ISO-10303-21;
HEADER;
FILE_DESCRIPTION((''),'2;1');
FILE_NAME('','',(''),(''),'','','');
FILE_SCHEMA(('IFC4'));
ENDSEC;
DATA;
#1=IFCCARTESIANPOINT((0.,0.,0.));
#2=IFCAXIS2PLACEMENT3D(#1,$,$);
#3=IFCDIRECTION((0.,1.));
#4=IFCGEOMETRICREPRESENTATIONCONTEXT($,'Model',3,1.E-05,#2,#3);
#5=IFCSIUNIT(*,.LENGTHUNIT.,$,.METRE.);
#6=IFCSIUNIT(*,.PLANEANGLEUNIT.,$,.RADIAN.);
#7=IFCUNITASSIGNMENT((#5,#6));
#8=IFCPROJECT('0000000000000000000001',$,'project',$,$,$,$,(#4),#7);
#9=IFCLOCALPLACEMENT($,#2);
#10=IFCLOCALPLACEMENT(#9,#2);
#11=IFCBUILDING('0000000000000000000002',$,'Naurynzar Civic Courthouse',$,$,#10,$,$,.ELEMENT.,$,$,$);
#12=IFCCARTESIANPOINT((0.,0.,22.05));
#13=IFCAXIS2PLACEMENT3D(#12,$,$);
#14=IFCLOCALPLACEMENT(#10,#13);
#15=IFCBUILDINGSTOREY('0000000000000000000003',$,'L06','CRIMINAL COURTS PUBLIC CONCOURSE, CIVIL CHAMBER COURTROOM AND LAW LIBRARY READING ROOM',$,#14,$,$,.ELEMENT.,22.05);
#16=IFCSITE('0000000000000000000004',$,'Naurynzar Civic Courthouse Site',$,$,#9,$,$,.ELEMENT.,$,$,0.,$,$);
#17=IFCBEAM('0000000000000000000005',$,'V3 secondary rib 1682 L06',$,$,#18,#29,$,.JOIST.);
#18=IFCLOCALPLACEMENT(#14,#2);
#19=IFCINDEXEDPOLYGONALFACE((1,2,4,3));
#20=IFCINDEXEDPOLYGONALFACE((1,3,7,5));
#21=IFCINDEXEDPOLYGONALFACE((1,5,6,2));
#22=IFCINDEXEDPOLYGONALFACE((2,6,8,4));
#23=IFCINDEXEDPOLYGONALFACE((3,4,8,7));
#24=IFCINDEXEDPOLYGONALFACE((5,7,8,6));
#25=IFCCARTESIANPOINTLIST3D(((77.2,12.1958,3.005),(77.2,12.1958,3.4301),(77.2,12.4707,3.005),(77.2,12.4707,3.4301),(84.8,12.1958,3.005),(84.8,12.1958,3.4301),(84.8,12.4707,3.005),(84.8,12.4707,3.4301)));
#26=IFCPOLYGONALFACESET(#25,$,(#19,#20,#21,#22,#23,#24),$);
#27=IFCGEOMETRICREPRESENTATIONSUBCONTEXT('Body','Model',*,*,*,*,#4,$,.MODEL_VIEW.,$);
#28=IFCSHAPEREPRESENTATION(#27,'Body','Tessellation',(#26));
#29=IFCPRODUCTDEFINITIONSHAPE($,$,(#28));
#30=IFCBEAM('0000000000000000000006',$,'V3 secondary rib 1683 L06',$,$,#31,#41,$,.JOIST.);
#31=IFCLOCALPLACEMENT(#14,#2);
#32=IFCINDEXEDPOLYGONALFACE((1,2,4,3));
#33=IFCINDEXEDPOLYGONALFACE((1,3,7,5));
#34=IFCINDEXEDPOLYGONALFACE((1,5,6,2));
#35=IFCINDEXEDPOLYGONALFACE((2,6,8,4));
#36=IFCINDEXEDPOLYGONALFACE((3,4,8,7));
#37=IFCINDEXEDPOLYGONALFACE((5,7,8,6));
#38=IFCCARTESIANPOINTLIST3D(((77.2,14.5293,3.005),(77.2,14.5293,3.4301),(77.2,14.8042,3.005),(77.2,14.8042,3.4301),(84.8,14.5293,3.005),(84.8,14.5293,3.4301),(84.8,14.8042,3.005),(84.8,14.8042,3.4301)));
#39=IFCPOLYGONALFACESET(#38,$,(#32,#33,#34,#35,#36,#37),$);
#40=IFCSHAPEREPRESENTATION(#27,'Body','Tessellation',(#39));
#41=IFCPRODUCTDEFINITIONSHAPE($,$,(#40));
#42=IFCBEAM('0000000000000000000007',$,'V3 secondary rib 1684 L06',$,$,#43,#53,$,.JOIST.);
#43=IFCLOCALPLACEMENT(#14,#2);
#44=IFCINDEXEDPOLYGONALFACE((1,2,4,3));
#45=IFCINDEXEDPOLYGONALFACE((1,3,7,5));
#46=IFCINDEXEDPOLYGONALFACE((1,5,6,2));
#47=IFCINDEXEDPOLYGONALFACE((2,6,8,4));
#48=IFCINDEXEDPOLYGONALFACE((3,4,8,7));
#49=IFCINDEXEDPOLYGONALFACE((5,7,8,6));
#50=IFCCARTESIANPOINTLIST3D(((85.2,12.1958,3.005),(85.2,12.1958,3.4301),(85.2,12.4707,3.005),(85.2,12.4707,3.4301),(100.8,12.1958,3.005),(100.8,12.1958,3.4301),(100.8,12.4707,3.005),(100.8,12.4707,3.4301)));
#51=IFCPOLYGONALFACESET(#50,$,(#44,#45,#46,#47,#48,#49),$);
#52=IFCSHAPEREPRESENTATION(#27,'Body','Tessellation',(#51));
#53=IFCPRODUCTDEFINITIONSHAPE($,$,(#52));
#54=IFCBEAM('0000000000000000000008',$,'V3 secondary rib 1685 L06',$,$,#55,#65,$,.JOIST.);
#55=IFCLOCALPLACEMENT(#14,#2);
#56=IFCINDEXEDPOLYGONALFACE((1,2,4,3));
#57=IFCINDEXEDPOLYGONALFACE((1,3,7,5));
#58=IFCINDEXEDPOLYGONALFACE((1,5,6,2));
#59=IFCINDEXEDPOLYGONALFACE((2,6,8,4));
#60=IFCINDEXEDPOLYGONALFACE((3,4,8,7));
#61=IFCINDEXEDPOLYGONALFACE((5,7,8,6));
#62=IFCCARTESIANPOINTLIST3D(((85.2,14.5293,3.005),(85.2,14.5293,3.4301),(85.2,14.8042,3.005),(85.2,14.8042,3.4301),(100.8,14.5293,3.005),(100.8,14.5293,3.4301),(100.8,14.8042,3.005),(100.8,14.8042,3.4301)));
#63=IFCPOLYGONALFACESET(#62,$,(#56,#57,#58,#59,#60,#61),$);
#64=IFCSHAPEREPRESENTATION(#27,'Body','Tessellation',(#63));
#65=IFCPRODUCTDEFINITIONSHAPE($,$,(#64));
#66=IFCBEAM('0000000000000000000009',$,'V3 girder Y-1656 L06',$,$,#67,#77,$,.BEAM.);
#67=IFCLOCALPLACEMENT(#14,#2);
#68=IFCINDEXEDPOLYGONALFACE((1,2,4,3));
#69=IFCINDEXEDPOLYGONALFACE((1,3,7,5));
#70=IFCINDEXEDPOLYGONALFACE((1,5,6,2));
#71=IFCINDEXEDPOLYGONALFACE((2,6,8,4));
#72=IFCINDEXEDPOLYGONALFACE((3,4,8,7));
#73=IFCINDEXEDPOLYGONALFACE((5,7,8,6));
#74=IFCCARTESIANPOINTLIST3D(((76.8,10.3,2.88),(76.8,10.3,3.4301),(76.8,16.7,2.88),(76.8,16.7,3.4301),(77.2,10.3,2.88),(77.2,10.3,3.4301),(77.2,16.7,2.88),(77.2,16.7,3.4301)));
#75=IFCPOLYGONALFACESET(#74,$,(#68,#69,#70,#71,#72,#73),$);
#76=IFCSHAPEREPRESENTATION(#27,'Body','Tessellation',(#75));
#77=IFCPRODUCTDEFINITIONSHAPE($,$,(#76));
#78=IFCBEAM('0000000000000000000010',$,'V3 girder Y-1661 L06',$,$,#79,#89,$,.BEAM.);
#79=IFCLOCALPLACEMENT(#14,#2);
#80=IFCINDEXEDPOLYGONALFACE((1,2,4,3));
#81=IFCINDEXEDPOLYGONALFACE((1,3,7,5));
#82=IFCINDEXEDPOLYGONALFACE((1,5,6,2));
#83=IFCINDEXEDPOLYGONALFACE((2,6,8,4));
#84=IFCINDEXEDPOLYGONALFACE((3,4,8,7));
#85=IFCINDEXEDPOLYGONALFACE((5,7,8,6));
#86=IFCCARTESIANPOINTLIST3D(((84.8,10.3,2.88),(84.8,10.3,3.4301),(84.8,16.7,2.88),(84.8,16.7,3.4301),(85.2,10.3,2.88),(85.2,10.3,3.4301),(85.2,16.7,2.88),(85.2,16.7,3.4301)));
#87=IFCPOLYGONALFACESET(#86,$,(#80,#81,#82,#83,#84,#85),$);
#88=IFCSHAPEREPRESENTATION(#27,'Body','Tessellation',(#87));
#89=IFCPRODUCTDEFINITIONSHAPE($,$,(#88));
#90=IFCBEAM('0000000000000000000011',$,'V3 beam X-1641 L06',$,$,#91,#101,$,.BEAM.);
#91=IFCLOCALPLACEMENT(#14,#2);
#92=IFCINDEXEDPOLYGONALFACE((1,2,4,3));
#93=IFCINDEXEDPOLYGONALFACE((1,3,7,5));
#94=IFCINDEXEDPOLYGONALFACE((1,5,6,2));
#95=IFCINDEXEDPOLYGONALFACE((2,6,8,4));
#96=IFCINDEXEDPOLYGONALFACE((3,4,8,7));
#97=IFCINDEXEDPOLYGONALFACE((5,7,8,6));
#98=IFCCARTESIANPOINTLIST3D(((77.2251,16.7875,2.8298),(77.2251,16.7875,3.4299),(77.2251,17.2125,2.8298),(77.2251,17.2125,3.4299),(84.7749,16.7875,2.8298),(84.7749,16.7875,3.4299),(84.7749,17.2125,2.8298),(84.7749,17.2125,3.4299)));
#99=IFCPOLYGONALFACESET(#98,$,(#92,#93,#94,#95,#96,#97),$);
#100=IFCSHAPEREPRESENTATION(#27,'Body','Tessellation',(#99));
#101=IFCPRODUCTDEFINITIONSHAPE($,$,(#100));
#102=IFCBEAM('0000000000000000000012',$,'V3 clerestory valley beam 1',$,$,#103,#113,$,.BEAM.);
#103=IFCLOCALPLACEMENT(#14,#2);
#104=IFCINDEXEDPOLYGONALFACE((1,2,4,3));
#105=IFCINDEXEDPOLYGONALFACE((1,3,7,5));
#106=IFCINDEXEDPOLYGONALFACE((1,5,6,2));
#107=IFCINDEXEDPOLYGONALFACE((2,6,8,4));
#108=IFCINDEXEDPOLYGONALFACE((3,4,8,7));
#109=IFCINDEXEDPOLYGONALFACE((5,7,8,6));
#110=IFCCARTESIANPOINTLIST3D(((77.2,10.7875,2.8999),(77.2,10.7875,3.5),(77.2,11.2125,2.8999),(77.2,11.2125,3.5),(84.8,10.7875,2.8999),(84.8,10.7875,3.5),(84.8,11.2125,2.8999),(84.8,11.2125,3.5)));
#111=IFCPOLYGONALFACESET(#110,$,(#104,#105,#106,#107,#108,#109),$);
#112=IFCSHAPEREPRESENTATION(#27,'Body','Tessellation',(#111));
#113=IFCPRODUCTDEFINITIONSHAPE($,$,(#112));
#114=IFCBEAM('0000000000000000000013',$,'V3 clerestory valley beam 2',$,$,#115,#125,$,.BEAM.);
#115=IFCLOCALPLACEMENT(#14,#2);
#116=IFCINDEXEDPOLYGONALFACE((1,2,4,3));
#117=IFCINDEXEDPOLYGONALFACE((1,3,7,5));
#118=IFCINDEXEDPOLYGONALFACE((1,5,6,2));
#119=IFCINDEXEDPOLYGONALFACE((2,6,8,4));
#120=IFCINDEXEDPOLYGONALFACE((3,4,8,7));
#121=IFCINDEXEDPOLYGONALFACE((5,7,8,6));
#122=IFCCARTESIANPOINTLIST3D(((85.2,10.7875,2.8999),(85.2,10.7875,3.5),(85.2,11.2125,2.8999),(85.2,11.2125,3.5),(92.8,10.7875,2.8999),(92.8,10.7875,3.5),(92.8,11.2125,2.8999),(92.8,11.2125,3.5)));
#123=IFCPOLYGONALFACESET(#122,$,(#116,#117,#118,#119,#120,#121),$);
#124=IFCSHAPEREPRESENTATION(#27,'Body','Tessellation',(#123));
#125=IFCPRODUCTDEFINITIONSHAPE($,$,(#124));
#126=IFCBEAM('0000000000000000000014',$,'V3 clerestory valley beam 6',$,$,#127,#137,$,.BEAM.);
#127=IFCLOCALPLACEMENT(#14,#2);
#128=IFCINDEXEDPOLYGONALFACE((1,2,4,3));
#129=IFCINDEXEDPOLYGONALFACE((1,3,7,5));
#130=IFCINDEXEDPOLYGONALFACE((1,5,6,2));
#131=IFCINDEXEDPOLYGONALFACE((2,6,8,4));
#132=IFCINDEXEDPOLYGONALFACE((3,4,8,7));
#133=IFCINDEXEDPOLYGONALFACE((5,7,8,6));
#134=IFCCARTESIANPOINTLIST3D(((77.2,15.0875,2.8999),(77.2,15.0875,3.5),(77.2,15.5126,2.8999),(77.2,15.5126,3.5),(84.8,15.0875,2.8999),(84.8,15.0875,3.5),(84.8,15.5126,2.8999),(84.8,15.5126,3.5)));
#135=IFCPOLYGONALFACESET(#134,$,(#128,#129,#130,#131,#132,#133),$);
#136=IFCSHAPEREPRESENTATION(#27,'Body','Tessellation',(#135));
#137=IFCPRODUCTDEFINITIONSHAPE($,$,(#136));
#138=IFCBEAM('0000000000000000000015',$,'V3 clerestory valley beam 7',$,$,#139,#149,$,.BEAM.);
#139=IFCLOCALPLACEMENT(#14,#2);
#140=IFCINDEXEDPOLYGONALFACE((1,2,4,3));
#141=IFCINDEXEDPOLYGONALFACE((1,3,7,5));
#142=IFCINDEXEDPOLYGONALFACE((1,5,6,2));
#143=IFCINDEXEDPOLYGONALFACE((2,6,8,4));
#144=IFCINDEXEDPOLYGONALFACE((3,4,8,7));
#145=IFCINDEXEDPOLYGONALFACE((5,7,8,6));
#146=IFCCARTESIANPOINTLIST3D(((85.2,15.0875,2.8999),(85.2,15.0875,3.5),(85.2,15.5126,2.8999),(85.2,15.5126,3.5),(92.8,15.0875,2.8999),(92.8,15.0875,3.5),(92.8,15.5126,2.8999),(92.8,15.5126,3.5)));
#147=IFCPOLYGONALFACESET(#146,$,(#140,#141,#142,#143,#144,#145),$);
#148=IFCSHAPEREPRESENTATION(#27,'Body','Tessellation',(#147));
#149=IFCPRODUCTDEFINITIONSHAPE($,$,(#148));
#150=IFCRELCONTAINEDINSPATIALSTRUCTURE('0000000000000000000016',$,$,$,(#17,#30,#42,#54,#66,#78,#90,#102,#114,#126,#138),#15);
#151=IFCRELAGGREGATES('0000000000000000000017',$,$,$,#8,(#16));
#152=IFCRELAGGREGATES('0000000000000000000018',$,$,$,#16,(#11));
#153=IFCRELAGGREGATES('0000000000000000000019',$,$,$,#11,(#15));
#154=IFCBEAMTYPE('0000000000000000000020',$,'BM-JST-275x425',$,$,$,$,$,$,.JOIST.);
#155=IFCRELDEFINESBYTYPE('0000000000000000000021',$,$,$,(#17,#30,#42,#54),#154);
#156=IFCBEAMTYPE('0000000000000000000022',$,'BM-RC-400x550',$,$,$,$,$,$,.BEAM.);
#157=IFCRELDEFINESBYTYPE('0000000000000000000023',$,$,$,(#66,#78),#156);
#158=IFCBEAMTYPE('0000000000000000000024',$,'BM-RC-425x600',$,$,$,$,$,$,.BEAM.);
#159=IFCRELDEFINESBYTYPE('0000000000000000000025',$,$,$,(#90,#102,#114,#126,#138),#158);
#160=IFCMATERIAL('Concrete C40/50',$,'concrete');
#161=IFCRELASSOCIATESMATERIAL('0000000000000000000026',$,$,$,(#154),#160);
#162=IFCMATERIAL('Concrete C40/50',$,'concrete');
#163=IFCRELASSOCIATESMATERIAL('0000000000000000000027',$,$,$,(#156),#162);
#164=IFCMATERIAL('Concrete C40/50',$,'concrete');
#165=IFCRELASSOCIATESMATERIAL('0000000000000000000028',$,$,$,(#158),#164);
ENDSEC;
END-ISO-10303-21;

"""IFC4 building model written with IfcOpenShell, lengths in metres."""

from ifc_helpers import new_model, si_unit, direction, frame, origin, origin_2d, place, context, subcontext, project, spatial, rectangle, extrude, material, material_profile, profile_set, type_object, element, save


model = new_model("IFC4")

# Units and contexts
model_context = context("Model", 3, precision=1e-05, world=origin(), true_north=direction((0.0, 1.0)))
body_context = subcontext(model_context, "Body", "Model", "MODEL_VIEW")
ifc_project = project(units=[si_unit("LENGTHUNIT", "METRE"), si_unit("PLANEANGLEUNIT", "RADIAN")], contexts=[model_context])

# Site, building, storey
site_placement = place(None, origin())
site = spatial("IfcSite", under=ifc_project, at=site_placement, Name="Naurynzar Civic Courthouse Site", CompositionType="ELEMENT", RefElevation=0.0)
building_placement = place(site_placement, origin())
building = spatial("IfcBuilding", under=site, at=building_placement, Name="Naurynzar Civic Courthouse", CompositionType="ELEMENT")
storey_placement = place(building_placement, frame((0.0, 0.0, 22.05)))
storey = spatial("IfcBuildingStorey", under=building, at=storey_placement, Name="L06", Description="CRIMINAL COURTS PUBLIC CONCOURSE, CIVIL CHAMBER COURTROOM AND LAW LIBRARY READING ROOM", CompositionType="ELEMENT", Elevation=22.05)

# Beams
ifc_material_1 = material(Name="Concrete C40/50", Category="concrete")
ifc_material_profile_1 = material_profile(ifc_material_1, rectangle(XDim=0.2749, YDim=0.425, at=origin_2d()), Name="RCB 275x425")
ifc_profile_set_1 = profile_set([ifc_material_profile_1], Name="Concrete C40/50")
beam_type_1 = type_object("IfcBeamType", Name="BM-JST-275x425", PredefinedType="JOIST", material=ifc_profile_set_1)
for number, where, z_axis, x_axis, name in (
    (1, (77.2, 12.3333, 3.2175), (1.0, 0.0, 0.0), (0.0, 1.0, 0.0), "V3 secondary rib 1682 L06"),
    (2, (77.2, 14.6667, 3.2175), (1.0, 0.0, 0.0), (0.0, 1.0, 0.0), "V3 secondary rib 1683 L06"),
):
    element("IfcBeam", number, at=place(storey_placement, frame(where, z_axis=z_axis, x_axis=x_axis)), inside=storey, type_object=beam_type_1, Name=name, PredefinedType="JOIST", context=body_context, shape_type="SweptSolid", body=[
        extrude(rectangle(XDim=0.2749, YDim=0.425, at=origin_2d()), origin(), (0.0, 0.0, 1.0), 7.6001),
    ])
for number, where, z_axis, x_axis, name in (
    (3, (85.2, 12.3333, 3.2175), (1.0, 0.0, 0.0), (0.0, 1.0, 0.0), "V3 secondary rib 1684 L06"),
    (4, (85.2, 14.6667, 3.2175), (1.0, 0.0, 0.0), (0.0, 1.0, 0.0), "V3 secondary rib 1685 L06"),
):
    element("IfcBeam", number, at=place(storey_placement, frame(where, z_axis=z_axis, x_axis=x_axis)), inside=storey, type_object=beam_type_1, Name=name, PredefinedType="JOIST", context=body_context, shape_type="SweptSolid", body=[
        extrude(rectangle(XDim=0.2749, YDim=0.425, at=origin_2d()), origin(), (0.0, 0.0, 1.0), 15.6001),
    ])
ifc_material_2 = material(Name="Concrete C40/50", Category="concrete")
ifc_material_profile_2 = material_profile(ifc_material_2, rectangle(XDim=0.3999, YDim=0.55, at=origin_2d()), Name="RCB 400x550")
ifc_profile_set_2 = profile_set([ifc_material_profile_2], Name="Concrete C40/50")
beam_type_2 = type_object("IfcBeamType", Name="BM-RC-400x550", PredefinedType="BEAM", material=ifc_profile_set_2)
for number, where, z_axis, x_axis, name in (
    (5, (77.0, 10.3, 3.155), (0.0, 1.0, 0.0), (-1.0, 0.0, 0.0), "V3 girder Y-1656 L06"),
    (6, (85.0, 10.3, 3.155), (0.0, 1.0, 0.0), (-1.0, 0.0, 0.0), "V3 girder Y-1661 L06"),
):
    element("IfcBeam", number, at=place(storey_placement, frame(where, z_axis=z_axis, x_axis=x_axis)), inside=storey, type_object=beam_type_2, Name=name, PredefinedType="BEAM", context=body_context, shape_type="SweptSolid", body=[
        extrude(rectangle(XDim=0.3999, YDim=0.55, at=origin_2d()), origin(), (0.0, 0.0, 1.0), 6.3999),
    ])
ifc_material_3 = material(Name="Concrete C40/50", Category="concrete")
ifc_material_profile_3 = material_profile(ifc_material_3, rectangle(XDim=0.425, YDim=0.6001, at=origin_2d()), Name="RCB 425x600")
ifc_profile_set_3 = profile_set([ifc_material_profile_3], Name="Concrete C40/50")
beam_type_3 = type_object("IfcBeamType", Name="BM-RC-425x600", PredefinedType="BEAM", material=ifc_profile_set_3)
beam_placement = place(storey_placement, frame((77.2251, 17.0, 3.1299), z_axis=(1.0, 0.0, 0.0), x_axis=(0.0, 1.0, 0.0)))
element("IfcBeam", 7, at=beam_placement, inside=storey, type_object=beam_type_3, Name="V3 beam X-1641 L06", PredefinedType="BEAM", context=body_context, shape_type="SweptSolid", body=[
    extrude(rectangle(XDim=0.425, YDim=0.6001, at=origin_2d()), origin(), (0.0, 0.0, 1.0), 7.5498),
])
for number, where, z_axis, x_axis, name in (
    (8, (77.2, 11.0, 3.2), (1.0, 0.0, 0.0), (0.0, 1.0, 0.0), "V3 clerestory valley beam 1"),
    (9, (85.2, 11.0, 3.2), (1.0, 0.0, 0.0), (0.0, 1.0, 0.0), "V3 clerestory valley beam 2"),
    (10, (77.2, 15.3, 3.2), (1.0, 0.0, 0.0), (0.0, 1.0, 0.0), "V3 clerestory valley beam 6"),
    (11, (85.2, 15.3, 3.2), (1.0, 0.0, 0.0), (0.0, 1.0, 0.0), "V3 clerestory valley beam 7"),
):
    element("IfcBeam", number, at=place(storey_placement, frame(where, z_axis=z_axis, x_axis=x_axis)), inside=storey, type_object=beam_type_3, Name=name, PredefinedType="BEAM", context=body_context, shape_type="SweptSolid", body=[
        extrude(rectangle(XDim=0.425, YDim=0.6001, at=origin_2d()), origin(), (0.0, 0.0, 1.0), 7.6001),
    ])

save(model, "model.ifc")
